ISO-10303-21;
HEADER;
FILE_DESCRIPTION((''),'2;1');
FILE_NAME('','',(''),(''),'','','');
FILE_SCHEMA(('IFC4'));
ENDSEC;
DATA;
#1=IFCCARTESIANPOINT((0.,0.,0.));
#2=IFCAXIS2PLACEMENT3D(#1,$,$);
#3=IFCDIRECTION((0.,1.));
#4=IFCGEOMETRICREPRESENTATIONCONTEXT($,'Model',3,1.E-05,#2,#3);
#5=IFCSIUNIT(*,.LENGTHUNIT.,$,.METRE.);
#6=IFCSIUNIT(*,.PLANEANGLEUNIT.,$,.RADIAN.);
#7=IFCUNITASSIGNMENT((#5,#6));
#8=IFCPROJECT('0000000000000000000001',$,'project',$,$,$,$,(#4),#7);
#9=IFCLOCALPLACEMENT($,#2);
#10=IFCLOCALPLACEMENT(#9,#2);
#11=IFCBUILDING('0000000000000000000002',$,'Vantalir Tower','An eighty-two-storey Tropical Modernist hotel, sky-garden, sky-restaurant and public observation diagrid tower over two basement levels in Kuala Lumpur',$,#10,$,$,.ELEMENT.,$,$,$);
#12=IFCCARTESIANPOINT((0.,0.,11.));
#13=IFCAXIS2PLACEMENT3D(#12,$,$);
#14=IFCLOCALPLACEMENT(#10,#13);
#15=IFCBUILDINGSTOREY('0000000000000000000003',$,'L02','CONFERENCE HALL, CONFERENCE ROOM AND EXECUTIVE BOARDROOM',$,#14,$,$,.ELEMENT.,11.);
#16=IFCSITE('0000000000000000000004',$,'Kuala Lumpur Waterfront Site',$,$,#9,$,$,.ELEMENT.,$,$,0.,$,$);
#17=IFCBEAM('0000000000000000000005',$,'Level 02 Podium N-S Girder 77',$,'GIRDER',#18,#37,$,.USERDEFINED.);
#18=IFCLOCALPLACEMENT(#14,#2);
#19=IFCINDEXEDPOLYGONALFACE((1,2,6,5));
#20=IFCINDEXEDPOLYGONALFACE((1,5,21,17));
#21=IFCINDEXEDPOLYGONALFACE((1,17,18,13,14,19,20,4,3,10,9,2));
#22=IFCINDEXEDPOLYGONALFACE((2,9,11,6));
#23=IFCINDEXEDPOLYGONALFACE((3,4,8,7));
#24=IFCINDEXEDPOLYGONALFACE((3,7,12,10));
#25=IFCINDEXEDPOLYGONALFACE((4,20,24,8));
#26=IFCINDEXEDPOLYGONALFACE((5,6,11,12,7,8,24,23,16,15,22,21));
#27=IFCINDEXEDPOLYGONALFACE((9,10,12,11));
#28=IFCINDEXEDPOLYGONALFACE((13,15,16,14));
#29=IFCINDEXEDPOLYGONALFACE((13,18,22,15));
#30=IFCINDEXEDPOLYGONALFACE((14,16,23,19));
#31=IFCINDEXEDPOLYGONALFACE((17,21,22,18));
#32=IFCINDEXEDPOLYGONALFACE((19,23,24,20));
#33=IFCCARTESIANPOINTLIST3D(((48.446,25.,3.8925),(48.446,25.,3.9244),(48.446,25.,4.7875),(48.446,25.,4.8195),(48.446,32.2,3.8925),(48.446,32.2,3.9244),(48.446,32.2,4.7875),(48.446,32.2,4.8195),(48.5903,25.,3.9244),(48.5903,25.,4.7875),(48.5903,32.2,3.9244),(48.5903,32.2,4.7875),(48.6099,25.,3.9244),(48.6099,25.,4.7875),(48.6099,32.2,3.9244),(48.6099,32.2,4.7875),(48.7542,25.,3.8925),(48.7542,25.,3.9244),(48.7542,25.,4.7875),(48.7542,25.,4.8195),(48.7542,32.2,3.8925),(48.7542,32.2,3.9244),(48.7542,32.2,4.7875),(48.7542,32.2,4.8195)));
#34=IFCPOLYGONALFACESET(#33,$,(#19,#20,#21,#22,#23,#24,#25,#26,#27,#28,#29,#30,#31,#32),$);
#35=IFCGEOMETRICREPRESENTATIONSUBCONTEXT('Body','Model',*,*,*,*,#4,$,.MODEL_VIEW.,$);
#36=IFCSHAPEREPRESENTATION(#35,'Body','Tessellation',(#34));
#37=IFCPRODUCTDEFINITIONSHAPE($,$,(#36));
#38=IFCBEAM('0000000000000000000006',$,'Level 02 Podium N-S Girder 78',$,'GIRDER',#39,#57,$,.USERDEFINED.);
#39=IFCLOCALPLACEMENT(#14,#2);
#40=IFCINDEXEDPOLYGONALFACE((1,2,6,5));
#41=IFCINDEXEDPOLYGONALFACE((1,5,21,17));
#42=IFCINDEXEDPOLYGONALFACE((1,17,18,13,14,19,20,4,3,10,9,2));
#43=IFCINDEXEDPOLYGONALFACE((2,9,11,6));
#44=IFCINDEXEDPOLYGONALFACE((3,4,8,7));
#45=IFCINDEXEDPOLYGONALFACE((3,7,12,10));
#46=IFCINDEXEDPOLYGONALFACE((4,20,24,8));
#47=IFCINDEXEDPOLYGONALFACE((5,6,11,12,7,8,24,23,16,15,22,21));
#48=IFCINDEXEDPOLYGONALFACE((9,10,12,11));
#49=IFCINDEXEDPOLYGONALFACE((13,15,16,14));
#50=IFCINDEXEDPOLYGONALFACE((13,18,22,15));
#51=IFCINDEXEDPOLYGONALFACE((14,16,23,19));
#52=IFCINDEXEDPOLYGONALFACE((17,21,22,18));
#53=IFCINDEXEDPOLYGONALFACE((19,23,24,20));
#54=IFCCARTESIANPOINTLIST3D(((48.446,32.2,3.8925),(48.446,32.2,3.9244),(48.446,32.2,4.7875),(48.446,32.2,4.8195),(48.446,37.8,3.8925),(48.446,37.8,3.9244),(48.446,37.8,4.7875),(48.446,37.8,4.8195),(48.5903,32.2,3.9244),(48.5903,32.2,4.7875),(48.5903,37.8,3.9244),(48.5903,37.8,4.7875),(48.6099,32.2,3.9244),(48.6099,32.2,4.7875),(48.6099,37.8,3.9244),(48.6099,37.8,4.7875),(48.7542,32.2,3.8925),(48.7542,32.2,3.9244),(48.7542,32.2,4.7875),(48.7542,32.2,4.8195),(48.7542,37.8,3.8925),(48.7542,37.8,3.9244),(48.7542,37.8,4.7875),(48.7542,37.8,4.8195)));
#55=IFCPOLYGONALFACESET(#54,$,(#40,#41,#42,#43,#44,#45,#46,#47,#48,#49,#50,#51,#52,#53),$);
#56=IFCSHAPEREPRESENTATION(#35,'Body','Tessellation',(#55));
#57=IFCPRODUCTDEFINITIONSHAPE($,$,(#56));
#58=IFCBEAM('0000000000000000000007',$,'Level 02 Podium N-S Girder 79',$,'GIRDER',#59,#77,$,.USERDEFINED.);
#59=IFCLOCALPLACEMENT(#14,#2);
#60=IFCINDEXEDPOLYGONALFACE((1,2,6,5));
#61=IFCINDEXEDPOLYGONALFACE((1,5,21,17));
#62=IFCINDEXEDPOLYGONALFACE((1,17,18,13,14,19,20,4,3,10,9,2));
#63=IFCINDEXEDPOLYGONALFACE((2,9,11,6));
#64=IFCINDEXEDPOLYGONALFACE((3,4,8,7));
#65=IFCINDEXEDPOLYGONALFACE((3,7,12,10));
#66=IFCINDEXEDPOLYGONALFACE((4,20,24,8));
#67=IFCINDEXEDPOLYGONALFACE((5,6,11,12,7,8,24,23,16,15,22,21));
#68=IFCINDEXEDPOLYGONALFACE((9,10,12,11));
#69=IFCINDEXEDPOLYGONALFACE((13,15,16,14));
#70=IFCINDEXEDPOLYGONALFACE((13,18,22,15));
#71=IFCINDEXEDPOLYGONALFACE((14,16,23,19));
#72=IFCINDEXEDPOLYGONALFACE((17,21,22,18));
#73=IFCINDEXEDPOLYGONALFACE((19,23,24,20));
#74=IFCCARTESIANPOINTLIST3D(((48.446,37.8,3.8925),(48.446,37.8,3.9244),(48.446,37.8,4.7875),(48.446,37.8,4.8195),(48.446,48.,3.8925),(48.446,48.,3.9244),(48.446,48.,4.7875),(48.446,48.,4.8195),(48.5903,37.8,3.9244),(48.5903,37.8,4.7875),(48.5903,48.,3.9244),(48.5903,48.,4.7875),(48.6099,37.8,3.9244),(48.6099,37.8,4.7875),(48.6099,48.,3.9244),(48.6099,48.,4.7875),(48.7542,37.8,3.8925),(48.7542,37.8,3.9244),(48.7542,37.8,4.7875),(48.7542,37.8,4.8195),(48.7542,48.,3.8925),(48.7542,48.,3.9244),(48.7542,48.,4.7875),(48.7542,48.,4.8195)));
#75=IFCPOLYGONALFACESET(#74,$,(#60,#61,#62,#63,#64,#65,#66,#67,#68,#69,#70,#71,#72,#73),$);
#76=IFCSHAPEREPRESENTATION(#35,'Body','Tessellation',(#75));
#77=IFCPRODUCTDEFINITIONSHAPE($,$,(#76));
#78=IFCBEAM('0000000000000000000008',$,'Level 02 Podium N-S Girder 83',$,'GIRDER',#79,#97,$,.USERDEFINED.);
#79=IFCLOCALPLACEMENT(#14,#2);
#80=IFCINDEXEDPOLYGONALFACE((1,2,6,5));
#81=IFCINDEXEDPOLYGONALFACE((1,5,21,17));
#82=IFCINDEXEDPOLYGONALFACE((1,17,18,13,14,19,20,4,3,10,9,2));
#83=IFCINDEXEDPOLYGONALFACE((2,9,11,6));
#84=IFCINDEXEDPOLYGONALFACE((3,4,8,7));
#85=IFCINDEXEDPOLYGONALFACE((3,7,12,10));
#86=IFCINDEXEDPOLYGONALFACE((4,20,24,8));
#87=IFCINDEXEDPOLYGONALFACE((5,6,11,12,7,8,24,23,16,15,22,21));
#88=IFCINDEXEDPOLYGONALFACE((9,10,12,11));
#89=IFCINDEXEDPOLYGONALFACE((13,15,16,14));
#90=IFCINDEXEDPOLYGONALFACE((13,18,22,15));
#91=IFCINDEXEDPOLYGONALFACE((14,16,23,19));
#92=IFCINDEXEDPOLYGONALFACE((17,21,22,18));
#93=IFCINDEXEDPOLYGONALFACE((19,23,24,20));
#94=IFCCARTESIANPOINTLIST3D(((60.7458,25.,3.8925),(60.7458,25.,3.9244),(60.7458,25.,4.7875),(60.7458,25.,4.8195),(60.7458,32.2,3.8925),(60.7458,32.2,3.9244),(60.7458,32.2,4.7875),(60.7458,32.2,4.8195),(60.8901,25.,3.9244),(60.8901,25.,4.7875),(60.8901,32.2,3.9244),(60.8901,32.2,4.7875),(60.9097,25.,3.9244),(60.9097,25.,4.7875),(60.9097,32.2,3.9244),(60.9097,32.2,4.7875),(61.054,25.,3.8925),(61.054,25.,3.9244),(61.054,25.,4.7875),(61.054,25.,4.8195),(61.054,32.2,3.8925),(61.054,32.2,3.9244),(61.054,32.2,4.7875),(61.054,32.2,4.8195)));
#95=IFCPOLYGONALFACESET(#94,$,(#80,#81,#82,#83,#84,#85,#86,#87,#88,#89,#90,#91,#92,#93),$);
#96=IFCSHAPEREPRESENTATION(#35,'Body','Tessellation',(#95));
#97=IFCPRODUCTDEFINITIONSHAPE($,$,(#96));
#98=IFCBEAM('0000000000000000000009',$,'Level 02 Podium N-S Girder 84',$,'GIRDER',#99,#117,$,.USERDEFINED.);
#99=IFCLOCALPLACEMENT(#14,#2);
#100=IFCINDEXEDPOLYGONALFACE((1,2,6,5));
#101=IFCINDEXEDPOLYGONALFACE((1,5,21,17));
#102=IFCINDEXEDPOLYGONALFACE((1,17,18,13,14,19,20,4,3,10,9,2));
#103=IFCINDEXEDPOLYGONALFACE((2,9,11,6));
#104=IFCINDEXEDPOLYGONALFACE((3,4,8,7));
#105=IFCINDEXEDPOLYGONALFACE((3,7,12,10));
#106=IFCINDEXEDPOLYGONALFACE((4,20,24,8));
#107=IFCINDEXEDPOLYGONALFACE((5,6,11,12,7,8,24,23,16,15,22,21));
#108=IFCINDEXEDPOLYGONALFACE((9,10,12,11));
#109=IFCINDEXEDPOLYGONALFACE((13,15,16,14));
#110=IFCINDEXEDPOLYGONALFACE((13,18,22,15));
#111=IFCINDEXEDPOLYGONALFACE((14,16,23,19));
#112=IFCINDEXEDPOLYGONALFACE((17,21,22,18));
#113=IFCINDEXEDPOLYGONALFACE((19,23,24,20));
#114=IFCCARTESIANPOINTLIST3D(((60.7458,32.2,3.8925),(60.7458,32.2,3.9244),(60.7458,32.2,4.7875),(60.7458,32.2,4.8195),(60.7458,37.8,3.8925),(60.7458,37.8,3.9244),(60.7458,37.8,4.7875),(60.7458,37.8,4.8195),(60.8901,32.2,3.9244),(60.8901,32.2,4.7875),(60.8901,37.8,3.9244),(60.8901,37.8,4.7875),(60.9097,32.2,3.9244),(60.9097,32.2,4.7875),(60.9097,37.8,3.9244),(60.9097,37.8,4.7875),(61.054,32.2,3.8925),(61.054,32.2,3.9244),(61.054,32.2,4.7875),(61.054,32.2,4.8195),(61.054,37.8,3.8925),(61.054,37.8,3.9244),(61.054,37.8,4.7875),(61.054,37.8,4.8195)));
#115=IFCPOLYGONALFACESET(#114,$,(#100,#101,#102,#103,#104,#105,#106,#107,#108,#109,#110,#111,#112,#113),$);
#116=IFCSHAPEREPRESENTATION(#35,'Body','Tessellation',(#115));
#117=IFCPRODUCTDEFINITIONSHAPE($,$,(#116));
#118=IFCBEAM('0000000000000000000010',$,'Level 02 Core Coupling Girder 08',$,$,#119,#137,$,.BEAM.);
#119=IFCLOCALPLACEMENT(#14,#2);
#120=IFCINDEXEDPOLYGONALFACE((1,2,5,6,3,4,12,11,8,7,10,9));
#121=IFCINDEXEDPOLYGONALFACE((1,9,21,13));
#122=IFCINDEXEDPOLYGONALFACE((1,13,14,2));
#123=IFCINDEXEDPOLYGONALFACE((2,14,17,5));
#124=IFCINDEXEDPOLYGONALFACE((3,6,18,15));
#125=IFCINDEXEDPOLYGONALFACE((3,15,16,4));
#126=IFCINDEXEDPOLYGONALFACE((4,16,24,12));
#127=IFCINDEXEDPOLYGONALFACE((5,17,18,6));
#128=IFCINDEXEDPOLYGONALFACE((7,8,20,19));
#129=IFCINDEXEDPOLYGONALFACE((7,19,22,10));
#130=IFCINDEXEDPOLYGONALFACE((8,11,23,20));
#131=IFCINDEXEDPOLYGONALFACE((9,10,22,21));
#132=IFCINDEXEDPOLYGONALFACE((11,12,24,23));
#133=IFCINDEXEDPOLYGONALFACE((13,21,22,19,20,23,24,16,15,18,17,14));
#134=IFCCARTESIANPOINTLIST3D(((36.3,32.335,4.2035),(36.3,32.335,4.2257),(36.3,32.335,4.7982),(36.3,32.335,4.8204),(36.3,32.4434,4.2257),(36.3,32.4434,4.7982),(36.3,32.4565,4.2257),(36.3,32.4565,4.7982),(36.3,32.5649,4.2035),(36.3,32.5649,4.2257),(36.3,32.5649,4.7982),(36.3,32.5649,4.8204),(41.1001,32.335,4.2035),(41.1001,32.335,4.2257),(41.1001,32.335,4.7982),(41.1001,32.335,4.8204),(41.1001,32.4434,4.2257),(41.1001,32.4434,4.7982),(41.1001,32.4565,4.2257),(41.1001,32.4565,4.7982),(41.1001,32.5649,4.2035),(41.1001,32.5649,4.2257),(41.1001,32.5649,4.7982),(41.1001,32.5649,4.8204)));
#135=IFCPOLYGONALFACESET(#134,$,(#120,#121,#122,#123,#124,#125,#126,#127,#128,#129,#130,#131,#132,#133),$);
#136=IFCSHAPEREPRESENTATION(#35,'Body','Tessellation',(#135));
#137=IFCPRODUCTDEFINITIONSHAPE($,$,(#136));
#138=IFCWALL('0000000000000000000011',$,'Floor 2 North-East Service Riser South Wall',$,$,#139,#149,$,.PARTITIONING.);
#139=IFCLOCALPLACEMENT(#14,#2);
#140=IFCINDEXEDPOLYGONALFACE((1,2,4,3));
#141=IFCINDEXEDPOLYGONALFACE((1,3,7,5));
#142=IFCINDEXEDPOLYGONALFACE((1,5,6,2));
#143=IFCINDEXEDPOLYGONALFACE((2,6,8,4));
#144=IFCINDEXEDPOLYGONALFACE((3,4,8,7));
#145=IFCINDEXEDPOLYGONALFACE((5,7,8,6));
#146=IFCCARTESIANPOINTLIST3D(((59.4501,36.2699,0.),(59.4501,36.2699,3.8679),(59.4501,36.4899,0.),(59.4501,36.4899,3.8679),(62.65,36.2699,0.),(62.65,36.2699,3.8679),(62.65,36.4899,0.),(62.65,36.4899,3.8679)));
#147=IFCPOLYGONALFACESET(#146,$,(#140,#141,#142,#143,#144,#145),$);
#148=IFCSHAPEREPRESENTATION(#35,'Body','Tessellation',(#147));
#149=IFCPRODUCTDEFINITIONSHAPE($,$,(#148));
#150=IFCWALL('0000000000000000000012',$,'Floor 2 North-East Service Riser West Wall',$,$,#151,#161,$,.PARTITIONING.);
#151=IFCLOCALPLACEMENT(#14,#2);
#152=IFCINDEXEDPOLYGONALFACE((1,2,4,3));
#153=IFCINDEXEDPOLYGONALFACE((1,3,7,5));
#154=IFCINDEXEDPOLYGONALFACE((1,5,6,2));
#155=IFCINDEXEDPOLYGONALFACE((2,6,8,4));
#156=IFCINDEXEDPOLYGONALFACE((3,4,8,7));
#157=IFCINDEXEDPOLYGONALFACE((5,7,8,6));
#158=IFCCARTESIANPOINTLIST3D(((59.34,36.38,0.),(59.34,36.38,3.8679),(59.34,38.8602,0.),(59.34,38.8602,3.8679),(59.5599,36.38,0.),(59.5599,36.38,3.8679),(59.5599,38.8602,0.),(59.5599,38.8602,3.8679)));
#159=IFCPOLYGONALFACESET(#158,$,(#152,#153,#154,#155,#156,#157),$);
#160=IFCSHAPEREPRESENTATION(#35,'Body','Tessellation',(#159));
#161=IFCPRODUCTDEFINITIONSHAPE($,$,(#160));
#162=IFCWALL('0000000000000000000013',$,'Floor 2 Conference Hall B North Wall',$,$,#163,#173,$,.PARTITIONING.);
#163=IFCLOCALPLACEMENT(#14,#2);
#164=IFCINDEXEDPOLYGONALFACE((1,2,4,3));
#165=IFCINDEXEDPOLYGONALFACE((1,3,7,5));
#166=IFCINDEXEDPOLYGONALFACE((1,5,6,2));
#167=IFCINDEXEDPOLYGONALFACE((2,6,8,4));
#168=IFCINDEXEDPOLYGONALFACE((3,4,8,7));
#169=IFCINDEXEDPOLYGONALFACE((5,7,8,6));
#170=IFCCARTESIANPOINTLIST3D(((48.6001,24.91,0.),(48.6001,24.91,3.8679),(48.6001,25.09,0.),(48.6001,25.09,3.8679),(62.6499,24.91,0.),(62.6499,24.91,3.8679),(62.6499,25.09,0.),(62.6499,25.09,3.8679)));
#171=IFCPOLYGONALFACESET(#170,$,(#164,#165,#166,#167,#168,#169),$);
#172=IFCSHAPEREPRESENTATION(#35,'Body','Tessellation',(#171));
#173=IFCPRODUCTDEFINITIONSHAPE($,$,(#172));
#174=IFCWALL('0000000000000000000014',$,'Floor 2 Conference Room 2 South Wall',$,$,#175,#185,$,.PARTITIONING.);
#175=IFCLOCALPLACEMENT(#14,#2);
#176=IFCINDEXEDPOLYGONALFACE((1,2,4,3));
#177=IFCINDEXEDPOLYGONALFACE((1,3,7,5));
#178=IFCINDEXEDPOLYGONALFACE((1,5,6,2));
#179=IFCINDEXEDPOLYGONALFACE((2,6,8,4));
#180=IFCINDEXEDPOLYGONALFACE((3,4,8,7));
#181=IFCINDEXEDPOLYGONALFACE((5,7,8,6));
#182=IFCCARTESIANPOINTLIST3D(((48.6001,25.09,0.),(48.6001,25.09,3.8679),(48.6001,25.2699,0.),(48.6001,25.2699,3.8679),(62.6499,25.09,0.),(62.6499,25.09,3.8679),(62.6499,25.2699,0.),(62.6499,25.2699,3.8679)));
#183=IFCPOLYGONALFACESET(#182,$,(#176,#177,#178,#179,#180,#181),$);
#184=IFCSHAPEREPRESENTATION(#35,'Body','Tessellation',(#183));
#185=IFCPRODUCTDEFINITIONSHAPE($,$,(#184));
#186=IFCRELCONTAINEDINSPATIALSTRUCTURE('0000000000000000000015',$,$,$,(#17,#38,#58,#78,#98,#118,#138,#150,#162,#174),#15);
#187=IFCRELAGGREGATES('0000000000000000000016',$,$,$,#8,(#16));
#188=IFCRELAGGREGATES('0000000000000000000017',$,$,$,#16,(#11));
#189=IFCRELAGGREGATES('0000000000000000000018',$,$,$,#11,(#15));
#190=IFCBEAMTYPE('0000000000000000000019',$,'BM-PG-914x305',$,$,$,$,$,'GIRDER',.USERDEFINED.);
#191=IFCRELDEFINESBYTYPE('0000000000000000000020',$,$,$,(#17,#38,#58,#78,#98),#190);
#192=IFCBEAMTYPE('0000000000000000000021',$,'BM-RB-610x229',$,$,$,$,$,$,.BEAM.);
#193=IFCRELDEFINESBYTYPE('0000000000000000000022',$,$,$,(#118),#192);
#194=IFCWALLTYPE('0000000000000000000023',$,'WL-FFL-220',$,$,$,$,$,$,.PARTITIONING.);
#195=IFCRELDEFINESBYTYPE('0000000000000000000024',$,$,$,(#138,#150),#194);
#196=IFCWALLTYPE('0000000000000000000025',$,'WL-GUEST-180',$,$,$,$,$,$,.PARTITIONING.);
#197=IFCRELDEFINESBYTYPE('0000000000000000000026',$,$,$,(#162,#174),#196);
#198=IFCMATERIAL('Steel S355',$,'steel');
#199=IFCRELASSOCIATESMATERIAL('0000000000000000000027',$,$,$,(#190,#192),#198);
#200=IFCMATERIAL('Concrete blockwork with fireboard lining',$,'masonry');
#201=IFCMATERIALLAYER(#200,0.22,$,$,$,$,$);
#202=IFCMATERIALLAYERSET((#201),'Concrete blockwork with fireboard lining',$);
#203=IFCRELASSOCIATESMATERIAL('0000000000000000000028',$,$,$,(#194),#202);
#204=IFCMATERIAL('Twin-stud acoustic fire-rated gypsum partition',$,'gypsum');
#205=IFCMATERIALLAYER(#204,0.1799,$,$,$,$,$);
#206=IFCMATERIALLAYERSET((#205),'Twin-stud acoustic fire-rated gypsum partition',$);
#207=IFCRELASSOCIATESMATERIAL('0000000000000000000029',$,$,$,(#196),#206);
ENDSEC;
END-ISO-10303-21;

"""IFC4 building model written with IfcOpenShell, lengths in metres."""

from ifc_helpers import new_model, si_unit, direction, frame, frame_2d, origin, origin_2d, place, context, subcontext, project, spatial, rectangle, i_section, extrude, material, layer, layer_set, material_profile, profile_set, type_object, element, save


model = new_model("IFC4")

# Units and contexts
model_context = context("Model", 3, precision=1e-05, world=origin(), true_north=direction((0.0, 1.0)))
body_context = subcontext(model_context, "Body", "Model", "MODEL_VIEW")
ifc_project = project(units=[si_unit("LENGTHUNIT", "METRE"), si_unit("PLANEANGLEUNIT", "RADIAN")], contexts=[model_context])

# Site, building, storey
site_placement = place(None, origin())
site = spatial("IfcSite", under=ifc_project, at=site_placement, Name="Kuala Lumpur Waterfront Site", CompositionType="ELEMENT", RefElevation=0.0)
building_placement = place(site_placement, origin())
building = spatial("IfcBuilding", under=site, at=building_placement, Name="Vantalir Tower", Description="An eighty-two-storey Tropical Modernist hotel, sky-garden, sky-restaurant and public observation diagrid tower over two basement levels in Kuala Lumpur", CompositionType="ELEMENT")
storey_placement = place(building_placement, frame((0.0, 0.0, 11.0)))
storey = spatial("IfcBuildingStorey", under=building, at=storey_placement, Name="L02", Description="CONFERENCE HALL, CONFERENCE ROOM AND EXECUTIVE BOARDROOM", CompositionType="ELEMENT", Elevation=11.0)

# Beams
ifc_material_1 = material(Name="Steel S355", Category="steel")
ifc_material_profile_1 = material_profile(ifc_material_1, i_section(OverallWidth=0.3081, OverallDepth=0.927, WebThickness=0.0195, FlangeThickness=0.032, at=origin_2d()), Name="Steel S355")
ifc_profile_set_1 = profile_set([ifc_material_profile_1], Name="Steel S355")
beam_type_1 = type_object("IfcBeamType", Name="BM-PG-914x305", ElementType="GIRDER", PredefinedType="USERDEFINED", material=ifc_profile_set_1)
beam_1_placement = place(storey_placement, frame((48.6001, 25.0, 4.356), z_axis=(0.0, 1.0, 0.0), x_axis=(-1.0, 0.0, 0.0)))
element("IfcBeam", 1, at=beam_1_placement, inside=storey, type_object=beam_type_1, Name="Level 02 Podium N-S Girder 77", ObjectType="GIRDER", PredefinedType="USERDEFINED", context=body_context, shape_type="SweptSolid", body=[
    extrude(i_section(OverallWidth=0.3081, OverallDepth=0.927, WebThickness=0.0195, FlangeThickness=0.032, at=origin_2d()), origin(), (0.0, 0.0, 1.0), 7.2),
])
beam_2_placement = place(storey_placement, frame((48.6001, 32.2, 4.356), z_axis=(0.0, 1.0, 0.0), x_axis=(-1.0, 0.0, 0.0)))
element("IfcBeam", 2, at=beam_2_placement, inside=storey, type_object=beam_type_1, Name="Level 02 Podium N-S Girder 78", ObjectType="GIRDER", PredefinedType="USERDEFINED", context=body_context, shape_type="SweptSolid", body=[
    extrude(i_section(OverallWidth=0.3081, OverallDepth=0.927, WebThickness=0.0195, FlangeThickness=0.032, at=origin_2d()), origin(), (0.0, 0.0, 1.0), 5.6001),
])
beam_3_placement = place(storey_placement, frame((48.6001, 37.8, 4.356), z_axis=(0.0, 1.0, 0.0), x_axis=(-1.0, 0.0, 0.0)))
element("IfcBeam", 3, at=beam_3_placement, inside=storey, type_object=beam_type_1, Name="Level 02 Podium N-S Girder 79", ObjectType="GIRDER", PredefinedType="USERDEFINED", context=body_context, shape_type="SweptSolid", body=[
    extrude(i_section(OverallWidth=0.3081, OverallDepth=0.927, WebThickness=0.0195, FlangeThickness=0.032, at=origin_2d()), origin(), (0.0, 0.0, 1.0), 10.2),
])
beam_4_placement = place(storey_placement, frame((60.8999, 25.0, 4.356), z_axis=(0.0, 1.0, 0.0), x_axis=(-1.0, 0.0, 0.0)))
element("IfcBeam", 4, at=beam_4_placement, inside=storey, type_object=beam_type_1, Name="Level 02 Podium N-S Girder 83", ObjectType="GIRDER", PredefinedType="USERDEFINED", context=body_context, shape_type="SweptSolid", body=[
    extrude(i_section(OverallWidth=0.3081, OverallDepth=0.927, WebThickness=0.0195, FlangeThickness=0.032, at=origin_2d()), origin(), (0.0, 0.0, 1.0), 7.2),
])
beam_5_placement = place(storey_placement, frame((60.8999, 32.2, 4.356), z_axis=(0.0, 1.0, 0.0), x_axis=(-1.0, 0.0, 0.0)))
element("IfcBeam", 5, at=beam_5_placement, inside=storey, type_object=beam_type_1, Name="Level 02 Podium N-S Girder 84", ObjectType="GIRDER", PredefinedType="USERDEFINED", context=body_context, shape_type="SweptSolid", body=[
    extrude(i_section(OverallWidth=0.3081, OverallDepth=0.927, WebThickness=0.0195, FlangeThickness=0.032, at=origin_2d()), origin(), (0.0, 0.0, 1.0), 5.6001),
])
ifc_material_profile_2 = material_profile(ifc_material_1, i_section(OverallWidth=0.23, OverallDepth=0.6169, WebThickness=0.0132, FlangeThickness=0.0222, at=origin_2d()), Name="Steel S355")
ifc_profile_set_2 = profile_set([ifc_material_profile_2], Name="Steel S355")
beam_type_2 = type_object("IfcBeamType", Name="BM-RB-610x229", PredefinedType="BEAM", material=ifc_profile_set_2)
beam_6_placement = place(storey_placement, frame((41.1001, 32.45, 4.512), z_axis=(-1.0, 0.0, 0.0), x_axis=(0.0, -1.0, 0.0)))
element("IfcBeam", 6, at=beam_6_placement, inside=storey, type_object=beam_type_2, Name="Level 02 Core Coupling Girder 08", PredefinedType="BEAM", context=body_context, shape_type="SweptSolid", body=[
    extrude(i_section(OverallWidth=0.23, OverallDepth=0.6169, WebThickness=0.0132, FlangeThickness=0.0222, at=origin_2d()), origin(), (0.0, 0.0, 1.0), 4.8),
])

# Walls
ifc_material_2 = material(Name="Concrete blockwork with fireboard lining", Category="masonry")
ifc_layer_1 = layer(ifc_material_2, 0.22)
ifc_layer_set_1 = layer_set([ifc_layer_1], Name="Concrete blockwork with fireboard lining")
wall_type_1 = type_object("IfcWallType", Name="WL-FFL-220", PredefinedType="PARTITIONING", material=ifc_layer_set_1)
wall_1_placement = place(storey_placement, frame((59.45, 36.3799, 0.0), z_axis=(0.0, 0.0, 1.0), x_axis=(1.0, 0.0, 0.0)))
element("IfcWall", 7, at=wall_1_placement, inside=storey, type_object=wall_type_1, Name="Floor 2 North-East Service Riser South Wall", PredefinedType="PARTITIONING", context=body_context, shape_type="SweptSolid", body=[
    extrude(rectangle(XDim=3.2, YDim=0.22, at=frame_2d((1.6001, 0.0))), origin(), (0.0, 0.0, 1.0), 3.8679),
])
wall_2_placement = place(storey_placement, frame((59.45, 36.3799, 0.0), z_axis=(0.0, 0.0, 1.0), x_axis=(0.0, 1.0, 0.0)))
element("IfcWall", 8, at=wall_2_placement, inside=storey, type_object=wall_type_1, Name="Floor 2 North-East Service Riser West Wall", PredefinedType="PARTITIONING", context=body_context, shape_type="SweptSolid", body=[
    extrude(rectangle(XDim=2.4802, YDim=0.22, at=frame_2d((1.2402, 0.0))), origin(), (0.0, 0.0, 1.0), 3.8679),
])
ifc_material_3 = material(Name="Twin-stud acoustic fire-rated gypsum partition", Category="gypsum")
ifc_layer_2 = layer(ifc_material_3, 0.1799)
ifc_layer_set_2 = layer_set([ifc_layer_2], Name="Twin-stud acoustic fire-rated gypsum partition")
wall_type_2 = type_object("IfcWallType", Name="WL-GUEST-180", PredefinedType="PARTITIONING", material=ifc_layer_set_2)
for number, where, z_axis, x_axis, name in (
    (9, (48.6001, 25.0, 0.0), (0.0, 0.0, 1.0), (1.0, 0.0, 0.0), "Floor 2 Conference Hall B North Wall"),
    (10, (48.6001, 25.1799, 0.0), (0.0, 0.0, 1.0), (1.0, 0.0, 0.0), "Floor 2 Conference Room 2 South Wall"),
):
    element("IfcWall", number, at=place(storey_placement, frame(where, z_axis=z_axis, x_axis=x_axis)), inside=storey, type_object=wall_type_2, Name=name, PredefinedType="PARTITIONING", context=body_context, shape_type="SweptSolid", body=[
        extrude(rectangle(XDim=14.0498, YDim=0.1799, at=frame_2d((7.0249, 0.0))), origin(), (0.0, 0.0, 1.0), 3.8679),
    ])

save(model, "model.ifc")
